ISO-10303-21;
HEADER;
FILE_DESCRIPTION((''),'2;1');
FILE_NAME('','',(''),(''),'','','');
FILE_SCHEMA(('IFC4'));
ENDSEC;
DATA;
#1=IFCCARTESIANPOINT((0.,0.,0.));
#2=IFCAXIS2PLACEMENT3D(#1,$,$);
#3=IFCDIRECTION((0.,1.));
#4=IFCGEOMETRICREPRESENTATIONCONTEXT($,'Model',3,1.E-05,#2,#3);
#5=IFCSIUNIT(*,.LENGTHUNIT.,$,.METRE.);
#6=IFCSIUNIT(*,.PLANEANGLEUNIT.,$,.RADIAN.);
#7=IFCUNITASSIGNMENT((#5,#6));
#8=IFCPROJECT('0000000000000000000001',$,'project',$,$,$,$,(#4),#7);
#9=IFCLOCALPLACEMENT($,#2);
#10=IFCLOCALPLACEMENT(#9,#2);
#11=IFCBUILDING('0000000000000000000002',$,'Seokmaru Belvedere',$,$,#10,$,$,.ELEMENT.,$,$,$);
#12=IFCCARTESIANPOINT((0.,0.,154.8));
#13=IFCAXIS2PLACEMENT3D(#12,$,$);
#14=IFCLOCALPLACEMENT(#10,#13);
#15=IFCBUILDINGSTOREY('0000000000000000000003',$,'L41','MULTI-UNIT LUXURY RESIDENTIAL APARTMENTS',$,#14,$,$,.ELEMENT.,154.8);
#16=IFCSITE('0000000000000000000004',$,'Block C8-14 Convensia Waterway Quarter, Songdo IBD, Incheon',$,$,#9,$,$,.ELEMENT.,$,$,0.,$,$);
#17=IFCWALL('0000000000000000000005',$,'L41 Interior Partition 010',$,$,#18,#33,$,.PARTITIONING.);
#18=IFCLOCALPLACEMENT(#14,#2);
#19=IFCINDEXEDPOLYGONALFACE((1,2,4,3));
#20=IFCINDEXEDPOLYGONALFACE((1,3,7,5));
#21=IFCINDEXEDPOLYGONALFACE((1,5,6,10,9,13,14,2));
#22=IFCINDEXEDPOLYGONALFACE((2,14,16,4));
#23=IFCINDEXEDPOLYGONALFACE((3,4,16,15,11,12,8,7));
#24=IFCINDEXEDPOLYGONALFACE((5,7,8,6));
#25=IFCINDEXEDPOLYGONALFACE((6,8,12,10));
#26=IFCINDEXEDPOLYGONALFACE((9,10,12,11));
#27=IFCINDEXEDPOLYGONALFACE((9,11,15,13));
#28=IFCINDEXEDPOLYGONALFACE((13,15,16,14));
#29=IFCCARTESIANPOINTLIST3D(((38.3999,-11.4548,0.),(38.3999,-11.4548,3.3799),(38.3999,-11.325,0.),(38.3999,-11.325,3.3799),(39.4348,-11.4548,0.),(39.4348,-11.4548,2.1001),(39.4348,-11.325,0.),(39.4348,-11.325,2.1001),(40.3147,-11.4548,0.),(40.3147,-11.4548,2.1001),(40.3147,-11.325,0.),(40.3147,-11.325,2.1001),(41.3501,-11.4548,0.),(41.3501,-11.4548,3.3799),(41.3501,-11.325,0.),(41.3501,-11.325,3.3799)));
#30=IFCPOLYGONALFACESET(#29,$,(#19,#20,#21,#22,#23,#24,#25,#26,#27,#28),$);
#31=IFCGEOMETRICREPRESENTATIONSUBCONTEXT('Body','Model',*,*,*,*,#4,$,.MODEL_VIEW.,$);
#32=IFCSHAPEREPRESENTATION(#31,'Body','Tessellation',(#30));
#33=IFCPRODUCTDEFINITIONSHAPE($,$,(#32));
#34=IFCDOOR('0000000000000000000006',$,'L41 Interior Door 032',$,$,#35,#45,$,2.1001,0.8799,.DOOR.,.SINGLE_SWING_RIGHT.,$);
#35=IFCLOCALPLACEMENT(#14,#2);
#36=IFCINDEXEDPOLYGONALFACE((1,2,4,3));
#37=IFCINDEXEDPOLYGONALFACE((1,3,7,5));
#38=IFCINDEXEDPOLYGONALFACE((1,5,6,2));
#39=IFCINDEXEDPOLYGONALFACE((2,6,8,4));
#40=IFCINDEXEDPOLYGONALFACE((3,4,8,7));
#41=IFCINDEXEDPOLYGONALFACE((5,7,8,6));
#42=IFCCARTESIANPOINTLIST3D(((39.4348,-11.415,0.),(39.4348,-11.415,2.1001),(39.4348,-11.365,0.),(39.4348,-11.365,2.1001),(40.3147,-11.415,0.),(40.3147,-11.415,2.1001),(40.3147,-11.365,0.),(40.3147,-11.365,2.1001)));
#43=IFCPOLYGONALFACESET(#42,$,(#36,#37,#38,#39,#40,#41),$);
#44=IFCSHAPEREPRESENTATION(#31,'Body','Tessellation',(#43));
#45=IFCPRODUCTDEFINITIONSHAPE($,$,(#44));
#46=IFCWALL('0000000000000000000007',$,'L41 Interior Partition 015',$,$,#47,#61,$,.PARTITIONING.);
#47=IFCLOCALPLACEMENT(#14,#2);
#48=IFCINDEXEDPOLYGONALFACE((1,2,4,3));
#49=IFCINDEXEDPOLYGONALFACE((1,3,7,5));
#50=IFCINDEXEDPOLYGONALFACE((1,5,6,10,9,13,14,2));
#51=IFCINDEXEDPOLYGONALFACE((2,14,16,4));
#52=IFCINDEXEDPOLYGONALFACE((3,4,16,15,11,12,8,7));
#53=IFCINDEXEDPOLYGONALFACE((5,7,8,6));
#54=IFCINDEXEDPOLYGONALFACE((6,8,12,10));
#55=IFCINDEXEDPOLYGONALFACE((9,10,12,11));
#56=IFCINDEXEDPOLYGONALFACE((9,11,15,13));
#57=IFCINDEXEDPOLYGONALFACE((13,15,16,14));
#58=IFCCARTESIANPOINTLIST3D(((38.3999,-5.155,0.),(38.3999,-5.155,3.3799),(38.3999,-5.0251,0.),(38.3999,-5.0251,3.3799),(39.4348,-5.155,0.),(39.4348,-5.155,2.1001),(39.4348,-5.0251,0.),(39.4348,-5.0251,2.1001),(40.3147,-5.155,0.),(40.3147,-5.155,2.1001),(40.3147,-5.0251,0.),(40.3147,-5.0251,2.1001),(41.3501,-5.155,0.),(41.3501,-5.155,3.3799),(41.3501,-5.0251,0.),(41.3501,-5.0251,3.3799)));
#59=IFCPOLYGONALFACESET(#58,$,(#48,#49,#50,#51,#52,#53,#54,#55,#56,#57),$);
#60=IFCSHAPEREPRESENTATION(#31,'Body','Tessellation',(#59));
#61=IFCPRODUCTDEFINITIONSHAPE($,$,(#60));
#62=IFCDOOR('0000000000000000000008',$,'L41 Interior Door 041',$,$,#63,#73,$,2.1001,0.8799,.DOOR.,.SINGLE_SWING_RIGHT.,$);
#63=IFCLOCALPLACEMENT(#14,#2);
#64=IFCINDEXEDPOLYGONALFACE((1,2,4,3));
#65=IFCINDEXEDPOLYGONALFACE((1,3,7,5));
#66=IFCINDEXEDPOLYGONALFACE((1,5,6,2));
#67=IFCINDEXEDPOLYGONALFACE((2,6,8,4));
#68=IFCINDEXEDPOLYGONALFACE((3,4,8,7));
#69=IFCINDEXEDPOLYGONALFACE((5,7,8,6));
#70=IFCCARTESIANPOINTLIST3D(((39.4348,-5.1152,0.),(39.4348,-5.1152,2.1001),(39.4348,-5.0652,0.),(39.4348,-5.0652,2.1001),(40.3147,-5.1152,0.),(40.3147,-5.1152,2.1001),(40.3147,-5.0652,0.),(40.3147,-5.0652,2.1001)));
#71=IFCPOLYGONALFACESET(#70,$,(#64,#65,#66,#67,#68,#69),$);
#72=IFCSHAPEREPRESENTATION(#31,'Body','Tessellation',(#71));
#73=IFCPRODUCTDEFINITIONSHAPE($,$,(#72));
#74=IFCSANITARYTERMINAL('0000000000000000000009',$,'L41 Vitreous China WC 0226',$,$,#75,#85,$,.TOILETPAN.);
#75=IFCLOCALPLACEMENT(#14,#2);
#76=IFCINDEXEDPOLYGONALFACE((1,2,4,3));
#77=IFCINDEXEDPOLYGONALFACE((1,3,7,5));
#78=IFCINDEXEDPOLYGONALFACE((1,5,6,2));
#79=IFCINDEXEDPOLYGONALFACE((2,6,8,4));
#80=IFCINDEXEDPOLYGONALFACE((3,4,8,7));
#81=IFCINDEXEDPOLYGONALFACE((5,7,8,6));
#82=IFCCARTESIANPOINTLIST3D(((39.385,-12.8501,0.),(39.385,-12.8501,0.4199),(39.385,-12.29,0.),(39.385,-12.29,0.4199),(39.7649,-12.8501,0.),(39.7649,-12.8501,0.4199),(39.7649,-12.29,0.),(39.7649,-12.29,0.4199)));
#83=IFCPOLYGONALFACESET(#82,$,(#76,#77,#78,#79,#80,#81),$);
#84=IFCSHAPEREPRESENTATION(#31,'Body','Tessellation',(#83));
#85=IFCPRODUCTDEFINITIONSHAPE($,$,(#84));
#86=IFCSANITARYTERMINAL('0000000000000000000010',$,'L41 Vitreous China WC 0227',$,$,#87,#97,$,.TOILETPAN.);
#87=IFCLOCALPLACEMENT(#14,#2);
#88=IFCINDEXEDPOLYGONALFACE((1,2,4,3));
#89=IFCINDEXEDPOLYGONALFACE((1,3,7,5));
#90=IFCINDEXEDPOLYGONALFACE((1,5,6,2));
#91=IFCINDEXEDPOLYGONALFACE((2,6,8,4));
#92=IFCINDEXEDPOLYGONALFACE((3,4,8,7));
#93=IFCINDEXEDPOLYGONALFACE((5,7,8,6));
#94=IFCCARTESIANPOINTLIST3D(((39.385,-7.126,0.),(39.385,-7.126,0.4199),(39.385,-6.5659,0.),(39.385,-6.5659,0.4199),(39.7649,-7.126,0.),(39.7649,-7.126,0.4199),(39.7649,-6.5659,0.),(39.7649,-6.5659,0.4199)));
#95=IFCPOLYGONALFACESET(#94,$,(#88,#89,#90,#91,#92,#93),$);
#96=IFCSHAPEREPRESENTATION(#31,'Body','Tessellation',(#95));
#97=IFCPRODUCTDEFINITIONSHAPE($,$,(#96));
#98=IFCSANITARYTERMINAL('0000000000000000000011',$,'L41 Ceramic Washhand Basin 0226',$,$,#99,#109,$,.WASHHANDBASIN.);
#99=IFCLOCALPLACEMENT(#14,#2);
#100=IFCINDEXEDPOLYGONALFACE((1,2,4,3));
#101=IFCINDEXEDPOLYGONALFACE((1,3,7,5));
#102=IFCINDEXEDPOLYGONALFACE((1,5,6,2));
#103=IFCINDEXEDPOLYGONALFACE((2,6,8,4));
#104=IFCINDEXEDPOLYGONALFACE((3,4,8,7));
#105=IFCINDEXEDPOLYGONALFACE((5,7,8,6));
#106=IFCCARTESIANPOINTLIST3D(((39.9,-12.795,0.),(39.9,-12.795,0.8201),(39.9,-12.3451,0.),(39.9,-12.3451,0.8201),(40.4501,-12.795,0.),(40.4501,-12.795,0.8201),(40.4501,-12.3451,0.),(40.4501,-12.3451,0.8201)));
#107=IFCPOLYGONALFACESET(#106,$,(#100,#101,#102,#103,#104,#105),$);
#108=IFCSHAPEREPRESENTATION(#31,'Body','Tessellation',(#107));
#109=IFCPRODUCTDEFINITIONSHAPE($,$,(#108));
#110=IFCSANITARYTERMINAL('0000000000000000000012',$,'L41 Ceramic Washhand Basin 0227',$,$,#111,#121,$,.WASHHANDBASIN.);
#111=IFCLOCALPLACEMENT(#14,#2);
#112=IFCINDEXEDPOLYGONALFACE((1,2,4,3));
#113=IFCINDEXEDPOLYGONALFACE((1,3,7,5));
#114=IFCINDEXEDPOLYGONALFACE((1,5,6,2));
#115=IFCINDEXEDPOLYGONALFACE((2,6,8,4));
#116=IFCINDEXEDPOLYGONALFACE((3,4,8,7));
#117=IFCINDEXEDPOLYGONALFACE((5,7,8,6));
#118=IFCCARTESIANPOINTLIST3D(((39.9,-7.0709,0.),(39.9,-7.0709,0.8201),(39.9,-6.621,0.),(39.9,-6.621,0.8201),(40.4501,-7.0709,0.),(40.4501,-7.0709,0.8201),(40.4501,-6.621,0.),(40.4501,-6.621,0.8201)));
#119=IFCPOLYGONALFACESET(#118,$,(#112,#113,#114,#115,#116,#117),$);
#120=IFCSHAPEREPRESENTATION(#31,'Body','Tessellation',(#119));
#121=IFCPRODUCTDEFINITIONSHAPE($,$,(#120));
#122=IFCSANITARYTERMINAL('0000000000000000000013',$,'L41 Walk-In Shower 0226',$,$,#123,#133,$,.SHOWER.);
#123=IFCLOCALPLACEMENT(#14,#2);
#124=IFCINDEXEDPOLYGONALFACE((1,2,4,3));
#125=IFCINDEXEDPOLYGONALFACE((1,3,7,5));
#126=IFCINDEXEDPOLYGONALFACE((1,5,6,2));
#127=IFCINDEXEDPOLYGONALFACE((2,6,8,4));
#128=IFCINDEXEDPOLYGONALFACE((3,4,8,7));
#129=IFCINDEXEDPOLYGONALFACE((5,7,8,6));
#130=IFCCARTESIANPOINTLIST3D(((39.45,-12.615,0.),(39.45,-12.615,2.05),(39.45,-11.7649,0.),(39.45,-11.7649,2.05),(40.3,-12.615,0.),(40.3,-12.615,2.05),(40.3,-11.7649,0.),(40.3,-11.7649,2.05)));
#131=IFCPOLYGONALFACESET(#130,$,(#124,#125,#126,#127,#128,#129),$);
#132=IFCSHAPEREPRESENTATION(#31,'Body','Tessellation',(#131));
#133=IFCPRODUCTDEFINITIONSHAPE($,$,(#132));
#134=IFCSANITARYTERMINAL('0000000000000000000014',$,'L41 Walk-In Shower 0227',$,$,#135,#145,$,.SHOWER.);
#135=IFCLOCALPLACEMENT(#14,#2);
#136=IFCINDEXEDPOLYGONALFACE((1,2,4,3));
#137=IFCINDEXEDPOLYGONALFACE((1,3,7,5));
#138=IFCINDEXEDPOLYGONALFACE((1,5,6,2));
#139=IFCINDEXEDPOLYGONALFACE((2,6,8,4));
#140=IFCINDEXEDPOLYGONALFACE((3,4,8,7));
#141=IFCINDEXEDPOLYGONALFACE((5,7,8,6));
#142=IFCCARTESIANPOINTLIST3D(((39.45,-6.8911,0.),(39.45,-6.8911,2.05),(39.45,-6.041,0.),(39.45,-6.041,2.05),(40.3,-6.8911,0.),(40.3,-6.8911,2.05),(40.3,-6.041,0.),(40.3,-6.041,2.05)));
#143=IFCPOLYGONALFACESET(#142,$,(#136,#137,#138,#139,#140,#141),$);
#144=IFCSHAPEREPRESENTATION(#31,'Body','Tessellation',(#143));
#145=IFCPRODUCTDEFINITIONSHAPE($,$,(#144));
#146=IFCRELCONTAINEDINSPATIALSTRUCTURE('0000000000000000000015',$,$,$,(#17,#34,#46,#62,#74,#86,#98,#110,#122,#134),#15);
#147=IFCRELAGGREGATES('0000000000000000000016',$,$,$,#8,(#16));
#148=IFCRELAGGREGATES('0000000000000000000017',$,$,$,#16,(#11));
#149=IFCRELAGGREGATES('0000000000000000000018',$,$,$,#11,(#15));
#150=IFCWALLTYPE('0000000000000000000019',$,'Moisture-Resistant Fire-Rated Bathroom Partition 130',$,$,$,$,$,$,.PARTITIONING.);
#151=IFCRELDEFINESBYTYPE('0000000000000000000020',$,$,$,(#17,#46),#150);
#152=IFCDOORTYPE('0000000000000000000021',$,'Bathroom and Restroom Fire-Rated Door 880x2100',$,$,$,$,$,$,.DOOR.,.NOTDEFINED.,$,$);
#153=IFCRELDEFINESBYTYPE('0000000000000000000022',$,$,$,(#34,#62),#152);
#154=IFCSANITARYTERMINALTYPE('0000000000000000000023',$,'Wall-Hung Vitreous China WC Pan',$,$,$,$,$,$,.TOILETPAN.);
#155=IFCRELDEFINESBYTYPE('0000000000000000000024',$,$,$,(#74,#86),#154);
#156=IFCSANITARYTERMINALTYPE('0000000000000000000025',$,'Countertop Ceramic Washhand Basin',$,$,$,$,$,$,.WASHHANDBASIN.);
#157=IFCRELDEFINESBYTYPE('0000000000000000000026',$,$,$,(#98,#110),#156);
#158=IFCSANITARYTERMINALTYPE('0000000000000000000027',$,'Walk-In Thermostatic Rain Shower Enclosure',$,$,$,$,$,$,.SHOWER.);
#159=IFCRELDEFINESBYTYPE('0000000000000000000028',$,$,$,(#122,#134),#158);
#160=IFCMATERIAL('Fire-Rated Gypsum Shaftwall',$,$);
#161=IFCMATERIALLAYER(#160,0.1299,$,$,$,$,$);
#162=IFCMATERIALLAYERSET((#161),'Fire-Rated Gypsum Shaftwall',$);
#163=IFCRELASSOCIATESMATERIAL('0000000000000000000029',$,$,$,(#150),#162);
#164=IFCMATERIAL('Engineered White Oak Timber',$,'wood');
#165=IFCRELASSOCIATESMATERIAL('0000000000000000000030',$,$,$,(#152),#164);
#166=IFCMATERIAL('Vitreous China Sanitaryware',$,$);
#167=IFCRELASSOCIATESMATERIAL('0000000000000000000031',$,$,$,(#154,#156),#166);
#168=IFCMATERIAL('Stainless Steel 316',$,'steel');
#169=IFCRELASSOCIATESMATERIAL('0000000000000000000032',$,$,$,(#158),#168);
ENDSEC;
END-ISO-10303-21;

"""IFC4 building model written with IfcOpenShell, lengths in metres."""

from ifc_helpers import new_model, si_unit, direction, frame, frame_2d, origin, origin_2d, place, context, subcontext, project, spatial, rectangle, extrude, source, transform, mapped, material, layer, layer_set, type_object, type_shapes, element, fill, save


model = new_model("IFC4")

# Units and contexts
model_context = context("Model", 3, precision=1e-05, world=origin(), true_north=direction((0.0, 1.0)))
body_context = subcontext(model_context, "Body", "Model", "MODEL_VIEW")
ifc_project = project(units=[si_unit("LENGTHUNIT", "METRE"), si_unit("PLANEANGLEUNIT", "RADIAN")], contexts=[model_context])

# Site, building, storey
site_placement = place(None, origin())
site = spatial("IfcSite", under=ifc_project, at=site_placement, Name="Block C8-14 Convensia Waterway Quarter, Songdo IBD, Incheon", CompositionType="ELEMENT", RefElevation=0.0)
building_placement = place(site_placement, origin())
building = spatial("IfcBuilding", under=site, at=building_placement, Name="Seokmaru Belvedere", CompositionType="ELEMENT")
storey_placement = place(building_placement, frame((0.0, 0.0, 154.8)))
storey = spatial("IfcBuildingStorey", under=building, at=storey_placement, Name="L41", Description="MULTI-UNIT LUXURY RESIDENTIAL APARTMENTS", CompositionType="ELEMENT", Elevation=154.8)

# Shared definitions
ifc_material_1 = material(Name="Fire-Rated Gypsum Shaftwall")
ifc_material_2 = material(Name="Engineered White Oak Timber", Category="wood")

# Walls, openings, doors
ifc_layer_1 = layer(ifc_material_1, 0.1299)
ifc_layer_set_1 = layer_set([ifc_layer_1], Name="Fire-Rated Gypsum Shaftwall")
wall_type_1 = type_object("IfcWallType", Name="Moisture-Resistant Fire-Rated Bathroom Partition 130", PredefinedType="PARTITIONING", material=ifc_layer_set_1)
wall_1_placement = place(storey_placement, frame((38.3999, -11.3899, 0.0), z_axis=(0.0, 0.0, 1.0), x_axis=(1.0, 0.0, 0.0)))
wall_1 = element("IfcWall", 1, at=wall_1_placement, inside=storey, type_object=wall_type_1, Name="L41 Interior Partition 010", PredefinedType="PARTITIONING", context=body_context, shape_type="SweptSolid", body=[
    extrude(rectangle(XDim=2.9502, YDim=0.1299, at=frame_2d((1.4751, 0.0))), origin(), (0.0, 0.0, 1.0), 3.3799),
])
opening_1_placement = place(wall_1_placement, frame((1.0349, 0.0, 0.0)))
opening_1 = element("IfcOpeningElement", 2, at=opening_1_placement, cuts=wall_1, PredefinedType="OPENING", context=body_context, shape_type="SweptSolid", body=[
    extrude(rectangle(XDim=0.8799, YDim=2.1001, at=frame_2d((0.4399, 1.05))), frame((0.0, 0.075, 0.0), z_axis=(0.0, -1.0, 0.0), x_axis=(1.0, 0.0, 0.0)), (0.0, 0.0, 1.0), 0.1499),
])
door_type_1 = type_object("IfcDoorType", Name="Bathroom and Restroom Fire-Rated Door 880x2100", OperationType="NOTDEFINED", PredefinedType="DOOR", material=ifc_material_2)
shared_shape_1 = source(origin(), body_context, "Body", "SweptSolid", [
    extrude(rectangle(XDim=0.8799, YDim=2.1001, at=frame_2d((0.4399, 1.05))), frame((0.0, 0.0249, 0.0), z_axis=(0.0, -1.0, 0.0), x_axis=(1.0, 0.0, 0.0)), (0.0, 0.0, 1.0), 0.05),
])
type_shapes(door_type_1, [shared_shape_1])
door_1_placement = place(opening_1_placement, origin())
door_1 = element("IfcDoor", 3, at=door_1_placement, inside=storey, type_object=door_type_1, Name="L41 Interior Door 032", OperationType="SINGLE_SWING_RIGHT", OverallHeight=2.1001, OverallWidth=0.8799, PredefinedType="DOOR", context=body_context, shape_type="MappedRepresentation", body=[
    mapped(shared_shape_1, transform((0.0, 0.0, 0.0), scale=1.0)),
])
fill(opening_1, door_1)
wall_2_placement = place(storey_placement, frame((38.3999, -5.0901, 0.0), z_axis=(0.0, 0.0, 1.0), x_axis=(1.0, 0.0, 0.0)))
wall_2 = element("IfcWall", 4, at=wall_2_placement, inside=storey, type_object=wall_type_1, Name="L41 Interior Partition 015", PredefinedType="PARTITIONING", context=body_context, shape_type="SweptSolid", body=[
    extrude(rectangle(XDim=2.9502, YDim=0.1299, at=frame_2d((1.4751, 0.0))), origin(), (0.0, 0.0, 1.0), 3.3799),
])
opening_2_placement = place(wall_2_placement, frame((1.0349, 0.0, 0.0)))
opening_2 = element("IfcOpeningElement", 5, at=opening_2_placement, cuts=wall_2, PredefinedType="OPENING", context=body_context, shape_type="SweptSolid", body=[
    extrude(rectangle(XDim=0.8799, YDim=2.1001, at=frame_2d((0.4399, 1.05))), frame((0.0, 0.075, 0.0), z_axis=(0.0, -1.0, 0.0), x_axis=(1.0, 0.0, 0.0)), (0.0, 0.0, 1.0), 0.1499),
])
door_2_placement = place(opening_2_placement, origin())
door_2 = element("IfcDoor", 6, at=door_2_placement, inside=storey, type_object=door_type_1, Name="L41 Interior Door 041", OperationType="SINGLE_SWING_RIGHT", OverallHeight=2.1001, OverallWidth=0.8799, PredefinedType="DOOR", context=body_context, shape_type="MappedRepresentation", body=[
    mapped(shared_shape_1, transform((0.0, 0.0, 0.0), scale=1.0)),
])
fill(opening_2, door_2)

# Sanitary terminals
ifc_material_3 = material(Name="Vitreous China Sanitaryware")
sanitary_terminal_type_1 = type_object("IfcSanitaryTerminalType", Name="Wall-Hung Vitreous China WC Pan", PredefinedType="TOILETPAN", material=ifc_material_3)
shared_shape_2 = source(origin(), body_context, "Body", "SweptSolid", [
    extrude(rectangle(XDim=0.3799, YDim=0.5601, at=origin_2d()), origin(), (0.0, 0.0, 1.0), 0.4199),
])
type_shapes(sanitary_terminal_type_1, [shared_shape_2])
for number, where, z_axis, x_axis, name in (
    (7, (39.575, -12.5701, 0.0), (0.0, 0.0, 1.0), (1.0, 0.0, 0.0), "L41 Vitreous China WC 0226"),
    (8, (39.575, -6.8459, 0.0), (0.0, 0.0, 1.0), (1.0, 0.0, 0.0), "L41 Vitreous China WC 0227"),
):
    element("IfcSanitaryTerminal", number, at=place(storey_placement, frame(where, z_axis=z_axis, x_axis=x_axis)), inside=storey, type_object=sanitary_terminal_type_1, Name=name, PredefinedType="TOILETPAN", context=body_context, shape_type="MappedRepresentation", body=[
        mapped(shared_shape_2, transform((0.0, 0.0, 0.0), scale=1.0)),
    ])
sanitary_terminal_type_2 = type_object("IfcSanitaryTerminalType", Name="Countertop Ceramic Washhand Basin", PredefinedType="WASHHANDBASIN", material=ifc_material_3)
shared_shape_3 = source(origin(), body_context, "Body", "SweptSolid", [
    extrude(rectangle(XDim=0.55, YDim=0.45, at=origin_2d()), origin(), (0.0, 0.0, 1.0), 0.8201),
])
type_shapes(sanitary_terminal_type_2, [shared_shape_3])
for number, where, z_axis, x_axis, name in (
    (9, (40.175, -12.5701, 0.0), (0.0, 0.0, 1.0), (1.0, 0.0, 0.0), "L41 Ceramic Washhand Basin 0226"),
    (10, (40.175, -6.8459, 0.0), (0.0, 0.0, 1.0), (1.0, 0.0, 0.0), "L41 Ceramic Washhand Basin 0227"),
):
    element("IfcSanitaryTerminal", number, at=place(storey_placement, frame(where, z_axis=z_axis, x_axis=x_axis)), inside=storey, type_object=sanitary_terminal_type_2, Name=name, PredefinedType="WASHHANDBASIN", context=body_context, shape_type="MappedRepresentation", body=[
        mapped(shared_shape_3, transform((0.0, 0.0, 0.0), scale=1.0)),
    ])
ifc_material_4 = material(Name="Stainless Steel 316", Category="steel")
sanitary_terminal_type_3 = type_object("IfcSanitaryTerminalType", Name="Walk-In Thermostatic Rain Shower Enclosure", PredefinedType="SHOWER", material=ifc_material_4)
shared_shape_4 = source(origin(), body_context, "Body", "SweptSolid", [
    extrude(rectangle(XDim=0.8501, YDim=0.8501, at=origin_2d()), origin(), (0.0, 0.0, 1.0), 2.05),
])
type_shapes(sanitary_terminal_type_3, [shared_shape_4])
for number, where, z_axis, x_axis, name in (
    (11, (39.875, -12.1899, 0.0), (0.0, 0.0, 1.0), (1.0, 0.0, 0.0), "L41 Walk-In Shower 0226"),
    (12, (39.875, -6.4661, 0.0), (0.0, 0.0, 1.0), (1.0, 0.0, 0.0), "L41 Walk-In Shower 0227"),
):
    element("IfcSanitaryTerminal", number, at=place(storey_placement, frame(where, z_axis=z_axis, x_axis=x_axis)), inside=storey, type_object=sanitary_terminal_type_3, Name=name, PredefinedType="SHOWER", context=body_context, shape_type="MappedRepresentation", body=[
        mapped(shared_shape_4, transform((0.0, 0.0, 0.0), scale=1.0)),
    ])

save(model, "model.ifc")
